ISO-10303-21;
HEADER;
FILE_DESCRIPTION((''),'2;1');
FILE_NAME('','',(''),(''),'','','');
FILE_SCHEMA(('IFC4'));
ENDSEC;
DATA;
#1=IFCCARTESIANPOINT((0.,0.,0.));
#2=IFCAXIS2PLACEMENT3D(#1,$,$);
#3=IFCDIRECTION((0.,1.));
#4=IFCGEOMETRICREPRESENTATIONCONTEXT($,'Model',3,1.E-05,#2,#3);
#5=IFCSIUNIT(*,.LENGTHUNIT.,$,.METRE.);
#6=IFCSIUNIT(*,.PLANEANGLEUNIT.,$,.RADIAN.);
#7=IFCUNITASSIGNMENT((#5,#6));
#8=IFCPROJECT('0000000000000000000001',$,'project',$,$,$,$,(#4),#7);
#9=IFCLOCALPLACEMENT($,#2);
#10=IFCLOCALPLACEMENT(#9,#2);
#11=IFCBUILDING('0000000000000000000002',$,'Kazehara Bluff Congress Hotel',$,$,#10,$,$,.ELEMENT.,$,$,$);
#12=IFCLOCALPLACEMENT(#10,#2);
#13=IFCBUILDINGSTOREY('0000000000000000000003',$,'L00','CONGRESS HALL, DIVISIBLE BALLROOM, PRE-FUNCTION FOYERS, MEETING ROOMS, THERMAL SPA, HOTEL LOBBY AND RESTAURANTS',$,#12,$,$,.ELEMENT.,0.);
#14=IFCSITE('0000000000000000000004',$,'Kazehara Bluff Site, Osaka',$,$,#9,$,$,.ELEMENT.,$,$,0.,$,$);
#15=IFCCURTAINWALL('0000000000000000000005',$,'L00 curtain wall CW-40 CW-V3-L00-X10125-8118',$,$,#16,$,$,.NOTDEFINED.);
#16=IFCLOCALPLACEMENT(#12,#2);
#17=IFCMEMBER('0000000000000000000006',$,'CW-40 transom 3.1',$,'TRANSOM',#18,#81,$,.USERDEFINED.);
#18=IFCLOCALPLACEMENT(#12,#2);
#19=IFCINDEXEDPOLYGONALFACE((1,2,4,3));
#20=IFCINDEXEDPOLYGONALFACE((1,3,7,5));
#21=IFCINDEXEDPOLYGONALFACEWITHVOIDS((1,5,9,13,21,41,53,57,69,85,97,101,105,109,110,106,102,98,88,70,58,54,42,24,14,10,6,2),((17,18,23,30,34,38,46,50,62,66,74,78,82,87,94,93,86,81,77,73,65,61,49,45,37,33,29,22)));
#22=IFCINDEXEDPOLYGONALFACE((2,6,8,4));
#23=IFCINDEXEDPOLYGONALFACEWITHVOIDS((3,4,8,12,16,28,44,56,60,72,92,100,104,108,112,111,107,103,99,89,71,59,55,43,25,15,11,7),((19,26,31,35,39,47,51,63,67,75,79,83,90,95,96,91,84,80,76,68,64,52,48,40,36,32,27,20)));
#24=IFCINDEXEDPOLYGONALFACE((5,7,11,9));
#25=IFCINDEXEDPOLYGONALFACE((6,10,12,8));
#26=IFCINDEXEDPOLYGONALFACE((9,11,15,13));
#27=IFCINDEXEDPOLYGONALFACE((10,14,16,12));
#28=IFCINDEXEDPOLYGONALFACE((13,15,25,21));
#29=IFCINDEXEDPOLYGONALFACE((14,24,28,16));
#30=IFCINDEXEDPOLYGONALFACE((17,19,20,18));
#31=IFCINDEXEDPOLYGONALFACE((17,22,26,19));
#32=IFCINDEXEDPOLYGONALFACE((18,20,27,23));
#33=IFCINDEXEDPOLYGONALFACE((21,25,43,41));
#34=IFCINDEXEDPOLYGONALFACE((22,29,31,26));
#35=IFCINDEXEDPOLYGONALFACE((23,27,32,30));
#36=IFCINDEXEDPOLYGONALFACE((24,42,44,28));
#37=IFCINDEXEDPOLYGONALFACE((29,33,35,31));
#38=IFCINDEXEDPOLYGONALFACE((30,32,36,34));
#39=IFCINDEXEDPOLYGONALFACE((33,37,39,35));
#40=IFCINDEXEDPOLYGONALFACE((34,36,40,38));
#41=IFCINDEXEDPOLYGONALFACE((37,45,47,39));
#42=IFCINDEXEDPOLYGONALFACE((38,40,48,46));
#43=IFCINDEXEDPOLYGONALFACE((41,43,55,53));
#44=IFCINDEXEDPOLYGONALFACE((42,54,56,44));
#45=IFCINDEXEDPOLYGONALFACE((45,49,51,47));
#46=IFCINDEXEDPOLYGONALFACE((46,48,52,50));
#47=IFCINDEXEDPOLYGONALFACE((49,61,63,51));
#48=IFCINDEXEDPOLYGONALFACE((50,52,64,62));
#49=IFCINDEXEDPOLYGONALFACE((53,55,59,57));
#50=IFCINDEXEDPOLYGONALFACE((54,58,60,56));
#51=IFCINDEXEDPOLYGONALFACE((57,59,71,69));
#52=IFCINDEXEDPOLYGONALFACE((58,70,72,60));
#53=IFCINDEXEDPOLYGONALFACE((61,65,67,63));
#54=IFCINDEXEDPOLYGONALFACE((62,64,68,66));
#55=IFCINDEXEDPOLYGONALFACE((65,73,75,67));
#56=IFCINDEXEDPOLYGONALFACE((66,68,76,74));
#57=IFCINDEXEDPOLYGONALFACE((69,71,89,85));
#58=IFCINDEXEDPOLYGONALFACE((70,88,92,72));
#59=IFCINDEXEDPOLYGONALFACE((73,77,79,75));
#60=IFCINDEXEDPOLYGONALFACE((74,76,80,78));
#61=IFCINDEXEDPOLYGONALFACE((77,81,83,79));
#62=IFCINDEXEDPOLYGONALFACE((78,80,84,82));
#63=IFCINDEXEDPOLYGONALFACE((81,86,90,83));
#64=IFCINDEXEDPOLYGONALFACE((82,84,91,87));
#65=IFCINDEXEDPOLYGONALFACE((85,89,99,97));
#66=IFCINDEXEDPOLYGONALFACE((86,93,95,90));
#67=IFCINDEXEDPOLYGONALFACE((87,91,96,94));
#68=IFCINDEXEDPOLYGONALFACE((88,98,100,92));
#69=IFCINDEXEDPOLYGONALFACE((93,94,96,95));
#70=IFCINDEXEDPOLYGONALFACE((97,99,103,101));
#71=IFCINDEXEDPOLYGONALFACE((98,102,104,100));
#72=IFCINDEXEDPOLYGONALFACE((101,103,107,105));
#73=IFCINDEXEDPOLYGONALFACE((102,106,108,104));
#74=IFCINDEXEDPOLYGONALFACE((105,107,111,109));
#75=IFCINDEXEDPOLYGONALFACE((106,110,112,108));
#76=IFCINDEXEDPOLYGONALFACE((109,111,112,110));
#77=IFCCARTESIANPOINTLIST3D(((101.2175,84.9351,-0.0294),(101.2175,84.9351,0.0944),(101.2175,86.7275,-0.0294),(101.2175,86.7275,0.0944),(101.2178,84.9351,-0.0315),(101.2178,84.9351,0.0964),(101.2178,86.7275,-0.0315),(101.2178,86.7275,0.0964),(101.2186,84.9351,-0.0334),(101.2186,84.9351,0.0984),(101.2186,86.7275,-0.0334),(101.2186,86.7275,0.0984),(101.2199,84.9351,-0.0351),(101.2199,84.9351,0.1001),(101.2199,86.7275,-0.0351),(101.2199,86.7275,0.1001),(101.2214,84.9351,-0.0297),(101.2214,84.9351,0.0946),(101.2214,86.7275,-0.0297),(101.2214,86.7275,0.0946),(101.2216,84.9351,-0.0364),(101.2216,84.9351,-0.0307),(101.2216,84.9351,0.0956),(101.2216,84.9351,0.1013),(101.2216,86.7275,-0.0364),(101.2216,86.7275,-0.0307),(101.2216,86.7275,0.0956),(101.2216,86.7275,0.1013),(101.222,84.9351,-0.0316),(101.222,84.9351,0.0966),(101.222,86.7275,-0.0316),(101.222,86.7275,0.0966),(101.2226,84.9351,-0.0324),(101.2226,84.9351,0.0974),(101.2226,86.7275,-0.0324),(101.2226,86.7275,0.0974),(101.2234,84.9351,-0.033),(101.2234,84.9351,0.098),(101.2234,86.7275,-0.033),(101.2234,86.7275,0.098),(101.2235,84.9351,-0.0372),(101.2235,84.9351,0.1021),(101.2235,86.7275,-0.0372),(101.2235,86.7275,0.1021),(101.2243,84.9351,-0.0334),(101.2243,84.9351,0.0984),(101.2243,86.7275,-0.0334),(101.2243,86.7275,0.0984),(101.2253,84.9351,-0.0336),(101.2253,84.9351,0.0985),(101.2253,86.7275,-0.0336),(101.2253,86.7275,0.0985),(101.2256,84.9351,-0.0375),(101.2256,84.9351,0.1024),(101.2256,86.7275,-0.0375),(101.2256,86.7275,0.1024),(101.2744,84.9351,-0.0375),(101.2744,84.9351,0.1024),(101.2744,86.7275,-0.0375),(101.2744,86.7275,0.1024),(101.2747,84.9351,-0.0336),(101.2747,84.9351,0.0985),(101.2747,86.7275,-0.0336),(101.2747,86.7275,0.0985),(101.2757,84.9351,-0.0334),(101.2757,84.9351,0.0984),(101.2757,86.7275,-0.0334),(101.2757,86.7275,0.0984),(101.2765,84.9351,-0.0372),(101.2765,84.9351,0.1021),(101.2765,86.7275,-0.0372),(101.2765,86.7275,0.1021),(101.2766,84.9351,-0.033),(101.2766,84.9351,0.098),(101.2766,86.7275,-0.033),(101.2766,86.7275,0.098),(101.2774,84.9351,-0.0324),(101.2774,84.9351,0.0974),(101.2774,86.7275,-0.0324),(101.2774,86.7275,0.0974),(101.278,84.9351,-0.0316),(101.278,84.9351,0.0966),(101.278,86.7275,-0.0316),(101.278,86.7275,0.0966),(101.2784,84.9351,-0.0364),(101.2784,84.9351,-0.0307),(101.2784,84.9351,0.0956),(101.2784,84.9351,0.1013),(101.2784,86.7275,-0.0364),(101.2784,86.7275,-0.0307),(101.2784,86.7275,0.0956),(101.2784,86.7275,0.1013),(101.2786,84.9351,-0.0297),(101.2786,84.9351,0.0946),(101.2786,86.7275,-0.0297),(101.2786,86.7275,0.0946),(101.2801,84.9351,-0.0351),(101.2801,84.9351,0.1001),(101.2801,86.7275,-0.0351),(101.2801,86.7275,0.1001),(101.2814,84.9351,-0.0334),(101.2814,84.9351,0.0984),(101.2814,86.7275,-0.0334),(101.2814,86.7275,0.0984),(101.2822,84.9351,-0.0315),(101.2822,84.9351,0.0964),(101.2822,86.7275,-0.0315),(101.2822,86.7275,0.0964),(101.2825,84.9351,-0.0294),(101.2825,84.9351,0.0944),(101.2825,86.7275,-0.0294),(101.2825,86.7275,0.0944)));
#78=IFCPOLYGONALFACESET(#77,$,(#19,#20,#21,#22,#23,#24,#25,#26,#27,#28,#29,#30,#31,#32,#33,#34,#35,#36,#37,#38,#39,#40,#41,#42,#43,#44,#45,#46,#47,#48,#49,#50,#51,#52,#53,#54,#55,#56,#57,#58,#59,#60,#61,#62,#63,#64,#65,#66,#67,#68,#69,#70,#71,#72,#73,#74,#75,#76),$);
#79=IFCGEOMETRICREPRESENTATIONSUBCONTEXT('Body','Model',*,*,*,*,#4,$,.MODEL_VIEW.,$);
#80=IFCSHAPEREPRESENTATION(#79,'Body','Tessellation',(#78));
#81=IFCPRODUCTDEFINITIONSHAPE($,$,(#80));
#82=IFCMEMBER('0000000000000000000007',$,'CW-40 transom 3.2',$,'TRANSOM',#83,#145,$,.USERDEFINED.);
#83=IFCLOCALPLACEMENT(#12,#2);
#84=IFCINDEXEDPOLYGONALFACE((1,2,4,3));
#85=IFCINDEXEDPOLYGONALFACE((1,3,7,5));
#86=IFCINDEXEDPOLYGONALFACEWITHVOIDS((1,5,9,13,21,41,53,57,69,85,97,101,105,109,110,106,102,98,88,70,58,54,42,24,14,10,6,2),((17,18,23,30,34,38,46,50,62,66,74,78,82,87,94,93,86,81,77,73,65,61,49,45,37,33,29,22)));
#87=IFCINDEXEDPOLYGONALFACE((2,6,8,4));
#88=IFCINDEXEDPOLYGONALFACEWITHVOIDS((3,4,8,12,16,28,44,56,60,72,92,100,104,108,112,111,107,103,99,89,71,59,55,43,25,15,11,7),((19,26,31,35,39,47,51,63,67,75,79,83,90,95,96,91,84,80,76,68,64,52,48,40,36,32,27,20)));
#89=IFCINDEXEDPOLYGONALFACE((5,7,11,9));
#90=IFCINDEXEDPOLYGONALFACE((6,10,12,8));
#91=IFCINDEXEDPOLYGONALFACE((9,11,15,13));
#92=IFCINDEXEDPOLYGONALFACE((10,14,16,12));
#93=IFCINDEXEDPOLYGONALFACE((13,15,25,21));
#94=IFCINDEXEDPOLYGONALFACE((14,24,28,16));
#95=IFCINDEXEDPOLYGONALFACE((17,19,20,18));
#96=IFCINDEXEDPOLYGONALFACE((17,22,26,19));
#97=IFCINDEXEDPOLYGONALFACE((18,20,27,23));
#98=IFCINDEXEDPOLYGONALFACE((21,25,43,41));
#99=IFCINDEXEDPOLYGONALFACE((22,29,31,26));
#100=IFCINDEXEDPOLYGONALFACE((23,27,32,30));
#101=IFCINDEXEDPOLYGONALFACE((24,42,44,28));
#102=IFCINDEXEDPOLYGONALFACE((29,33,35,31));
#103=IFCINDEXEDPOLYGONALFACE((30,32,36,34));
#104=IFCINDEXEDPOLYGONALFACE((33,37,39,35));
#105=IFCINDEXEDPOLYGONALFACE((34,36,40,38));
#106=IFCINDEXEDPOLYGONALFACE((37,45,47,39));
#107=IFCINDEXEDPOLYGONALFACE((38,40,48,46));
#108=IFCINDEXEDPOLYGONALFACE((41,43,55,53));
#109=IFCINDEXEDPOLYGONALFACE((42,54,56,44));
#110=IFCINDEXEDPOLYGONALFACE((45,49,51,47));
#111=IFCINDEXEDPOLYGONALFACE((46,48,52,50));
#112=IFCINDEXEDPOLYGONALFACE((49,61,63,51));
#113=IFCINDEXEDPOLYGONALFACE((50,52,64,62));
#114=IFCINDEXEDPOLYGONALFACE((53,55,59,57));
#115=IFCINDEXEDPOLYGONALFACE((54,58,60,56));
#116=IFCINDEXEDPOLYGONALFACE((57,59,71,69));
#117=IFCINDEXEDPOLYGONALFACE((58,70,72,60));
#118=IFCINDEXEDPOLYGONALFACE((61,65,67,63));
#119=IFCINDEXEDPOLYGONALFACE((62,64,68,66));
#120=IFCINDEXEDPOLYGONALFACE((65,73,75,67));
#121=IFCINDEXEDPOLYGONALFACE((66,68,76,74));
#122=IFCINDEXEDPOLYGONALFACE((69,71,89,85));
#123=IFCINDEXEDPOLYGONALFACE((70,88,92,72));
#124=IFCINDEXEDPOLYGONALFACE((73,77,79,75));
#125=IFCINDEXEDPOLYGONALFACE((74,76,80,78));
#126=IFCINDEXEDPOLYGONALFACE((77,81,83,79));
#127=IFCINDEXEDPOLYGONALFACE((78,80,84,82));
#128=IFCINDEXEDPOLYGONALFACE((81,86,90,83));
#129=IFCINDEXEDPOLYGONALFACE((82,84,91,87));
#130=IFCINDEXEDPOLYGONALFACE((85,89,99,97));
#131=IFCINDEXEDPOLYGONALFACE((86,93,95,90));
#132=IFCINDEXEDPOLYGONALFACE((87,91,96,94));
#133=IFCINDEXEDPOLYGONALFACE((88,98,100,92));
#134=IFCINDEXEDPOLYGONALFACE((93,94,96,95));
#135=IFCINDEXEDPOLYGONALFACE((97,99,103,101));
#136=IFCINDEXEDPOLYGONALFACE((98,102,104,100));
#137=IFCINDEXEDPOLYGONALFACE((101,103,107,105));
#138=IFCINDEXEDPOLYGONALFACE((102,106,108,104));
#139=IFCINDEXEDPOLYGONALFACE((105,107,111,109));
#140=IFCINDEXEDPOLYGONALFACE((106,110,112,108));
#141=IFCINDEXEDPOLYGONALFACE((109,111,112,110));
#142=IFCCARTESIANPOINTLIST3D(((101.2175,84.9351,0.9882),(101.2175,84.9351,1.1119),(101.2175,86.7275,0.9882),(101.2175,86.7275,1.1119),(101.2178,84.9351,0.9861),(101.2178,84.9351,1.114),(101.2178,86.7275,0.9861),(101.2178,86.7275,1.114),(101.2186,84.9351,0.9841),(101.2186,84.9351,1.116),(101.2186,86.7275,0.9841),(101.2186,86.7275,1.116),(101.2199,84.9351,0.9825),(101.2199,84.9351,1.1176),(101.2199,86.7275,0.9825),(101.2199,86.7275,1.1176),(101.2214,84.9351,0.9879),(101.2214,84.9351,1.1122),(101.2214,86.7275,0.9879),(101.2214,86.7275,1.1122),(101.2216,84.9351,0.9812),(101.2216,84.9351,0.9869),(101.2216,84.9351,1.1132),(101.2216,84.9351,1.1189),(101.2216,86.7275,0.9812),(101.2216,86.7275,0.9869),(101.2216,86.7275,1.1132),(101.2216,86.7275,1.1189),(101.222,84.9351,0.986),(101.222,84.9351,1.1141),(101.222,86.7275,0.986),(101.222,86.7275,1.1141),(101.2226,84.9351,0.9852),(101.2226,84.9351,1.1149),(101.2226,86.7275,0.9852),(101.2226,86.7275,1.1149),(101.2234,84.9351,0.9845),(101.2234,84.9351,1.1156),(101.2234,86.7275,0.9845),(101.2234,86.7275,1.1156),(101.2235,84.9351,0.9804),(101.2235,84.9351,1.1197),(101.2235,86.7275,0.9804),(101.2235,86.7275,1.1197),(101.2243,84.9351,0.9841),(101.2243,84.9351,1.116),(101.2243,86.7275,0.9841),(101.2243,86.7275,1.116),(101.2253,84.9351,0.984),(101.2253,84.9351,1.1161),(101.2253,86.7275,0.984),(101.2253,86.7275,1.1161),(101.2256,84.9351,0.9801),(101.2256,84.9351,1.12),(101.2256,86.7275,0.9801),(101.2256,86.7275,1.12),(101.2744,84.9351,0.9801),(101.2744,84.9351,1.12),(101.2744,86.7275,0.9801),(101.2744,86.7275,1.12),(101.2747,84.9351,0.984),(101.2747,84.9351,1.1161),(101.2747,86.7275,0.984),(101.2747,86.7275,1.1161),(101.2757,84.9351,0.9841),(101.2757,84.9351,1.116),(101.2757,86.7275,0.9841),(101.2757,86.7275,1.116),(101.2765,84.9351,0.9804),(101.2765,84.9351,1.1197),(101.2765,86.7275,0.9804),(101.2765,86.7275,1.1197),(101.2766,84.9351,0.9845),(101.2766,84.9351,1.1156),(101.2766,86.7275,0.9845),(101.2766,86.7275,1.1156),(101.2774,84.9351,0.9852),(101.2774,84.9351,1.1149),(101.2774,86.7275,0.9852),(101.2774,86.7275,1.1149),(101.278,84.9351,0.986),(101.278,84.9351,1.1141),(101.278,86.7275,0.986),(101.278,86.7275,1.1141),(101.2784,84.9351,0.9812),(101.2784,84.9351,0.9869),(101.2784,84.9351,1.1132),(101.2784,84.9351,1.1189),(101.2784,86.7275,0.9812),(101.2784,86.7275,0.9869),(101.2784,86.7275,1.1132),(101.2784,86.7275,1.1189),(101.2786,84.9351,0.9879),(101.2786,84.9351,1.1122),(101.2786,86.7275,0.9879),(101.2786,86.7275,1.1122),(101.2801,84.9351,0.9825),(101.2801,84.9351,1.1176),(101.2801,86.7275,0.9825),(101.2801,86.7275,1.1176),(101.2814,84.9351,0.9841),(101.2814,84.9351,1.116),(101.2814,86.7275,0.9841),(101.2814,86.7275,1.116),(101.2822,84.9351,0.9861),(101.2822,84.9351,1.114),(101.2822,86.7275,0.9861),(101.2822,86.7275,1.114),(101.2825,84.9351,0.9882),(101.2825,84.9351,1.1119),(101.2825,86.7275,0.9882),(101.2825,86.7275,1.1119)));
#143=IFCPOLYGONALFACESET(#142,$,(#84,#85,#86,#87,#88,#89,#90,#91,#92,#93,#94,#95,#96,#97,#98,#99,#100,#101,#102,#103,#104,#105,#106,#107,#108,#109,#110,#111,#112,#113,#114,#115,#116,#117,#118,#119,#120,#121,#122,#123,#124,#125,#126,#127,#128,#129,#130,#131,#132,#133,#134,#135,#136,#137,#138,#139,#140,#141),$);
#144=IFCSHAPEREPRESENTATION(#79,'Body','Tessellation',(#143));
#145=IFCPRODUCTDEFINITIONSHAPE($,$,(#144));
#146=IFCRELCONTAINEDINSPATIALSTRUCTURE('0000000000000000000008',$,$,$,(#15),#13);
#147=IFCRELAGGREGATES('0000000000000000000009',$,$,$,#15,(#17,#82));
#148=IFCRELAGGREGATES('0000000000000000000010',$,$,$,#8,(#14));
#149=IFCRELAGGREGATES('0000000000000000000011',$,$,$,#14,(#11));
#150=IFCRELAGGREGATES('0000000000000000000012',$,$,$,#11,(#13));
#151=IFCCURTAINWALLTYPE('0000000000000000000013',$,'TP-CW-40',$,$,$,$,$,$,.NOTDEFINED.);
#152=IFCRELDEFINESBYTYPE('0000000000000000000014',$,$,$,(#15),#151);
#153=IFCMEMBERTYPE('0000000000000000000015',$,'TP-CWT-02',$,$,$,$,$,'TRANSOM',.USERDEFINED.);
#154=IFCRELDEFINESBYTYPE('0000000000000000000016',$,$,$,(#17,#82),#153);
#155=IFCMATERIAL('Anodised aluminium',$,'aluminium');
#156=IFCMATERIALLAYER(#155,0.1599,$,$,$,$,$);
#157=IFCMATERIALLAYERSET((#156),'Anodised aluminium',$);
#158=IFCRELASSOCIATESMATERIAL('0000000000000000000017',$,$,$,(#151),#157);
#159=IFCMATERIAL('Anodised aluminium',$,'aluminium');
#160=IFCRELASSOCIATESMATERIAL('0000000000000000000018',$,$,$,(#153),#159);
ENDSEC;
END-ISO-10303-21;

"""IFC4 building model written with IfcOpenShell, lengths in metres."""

from ifc_helpers import new_model, si_unit, direction, frame, origin, origin_2d, place, context, subcontext, project, spatial, hollow_rectangle, extrude, material, layer, layer_set, material_profile, profile_set, type_object, element, aggregate, save


model = new_model("IFC4")

# Units and contexts
model_context = context("Model", 3, precision=1e-05, world=origin(), true_north=direction((0.0, 1.0)))
body_context = subcontext(model_context, "Body", "Model", "MODEL_VIEW")
ifc_project = project(units=[si_unit("LENGTHUNIT", "METRE"), si_unit("PLANEANGLEUNIT", "RADIAN")], contexts=[model_context])

# Site, building, storey
site_placement = place(None, origin())
site = spatial("IfcSite", under=ifc_project, at=site_placement, Name="Kazehara Bluff Site, Osaka", CompositionType="ELEMENT", RefElevation=0.0)
building_placement = place(site_placement, origin())
building = spatial("IfcBuilding", under=site, at=building_placement, Name="Kazehara Bluff Congress Hotel", CompositionType="ELEMENT")
storey_placement = place(building_placement, origin())
storey = spatial("IfcBuildingStorey", under=building, at=storey_placement, Name="L00", Description="CONGRESS HALL, DIVISIBLE BALLROOM, PRE-FUNCTION FOYERS, MEETING ROOMS, THERMAL SPA, HOTEL LOBBY AND RESTAURANTS", CompositionType="ELEMENT", Elevation=0.0)

# Curtain wall
ifc_material_1 = material(Name="Anodised aluminium", Category="aluminium")
ifc_layer_1 = layer(ifc_material_1, 0.1599)
ifc_layer_set_1 = layer_set([ifc_layer_1], Name="Anodised aluminium")
curtain_wall_type = type_object("IfcCurtainWallType", Name="TP-CW-40", PredefinedType="NOTDEFINED", material=ifc_layer_set_1)
curtain_wall_1_placement = place(storey_placement, origin())
curtain_wall_1 = element("IfcCurtainWall", 1, at=curtain_wall_1_placement, inside=storey, type_object=curtain_wall_type, Name="L00 curtain wall CW-40 CW-V3-L00-X10125-8118", PredefinedType="NOTDEFINED")

# Members
ifc_material_2 = material(Name="Anodised aluminium", Category="aluminium")
ifc_material_profile_1 = material_profile(ifc_material_2, hollow_rectangle(XDim=0.0649, YDim=0.1399, WallThickness=0.0039, InnerFilletRadius=0.0039, OuterFilletRadius=0.0081, at=origin_2d()))
ifc_profile_set_1 = profile_set([ifc_material_profile_1], Name="Anodised aluminium")
member_type_1 = type_object("IfcMemberType", Name="TP-CWT-02", ElementType="TRANSOM", PredefinedType="USERDEFINED", material=ifc_profile_set_1)
member_1_placement = place(storey_placement, frame((101.25, 84.9351, 0.0325), z_axis=(0.0, 1.0, 0.0), x_axis=(-1.0, 0.0, 0.0)))
member_1 = element("IfcMember", 2, at=member_1_placement, type_object=member_type_1, Name="CW-40 transom 3.1", ObjectType="TRANSOM", PredefinedType="USERDEFINED", context=body_context, shape_type="SweptSolid", body=[
    extrude(hollow_rectangle(XDim=0.0649, YDim=0.1399, WallThickness=0.0039, InnerFilletRadius=0.0039, OuterFilletRadius=0.0081, at=origin_2d()), origin(), (0.0, 0.0, 1.0), 1.7925),
])
member_2_placement = place(storey_placement, frame((101.25, 84.9351, 1.05), z_axis=(0.0, 1.0, 0.0), x_axis=(-1.0, 0.0, 0.0)))
member_2 = element("IfcMember", 3, at=member_2_placement, type_object=member_type_1, Name="CW-40 transom 3.2", ObjectType="TRANSOM", PredefinedType="USERDEFINED", context=body_context, shape_type="SweptSolid", body=[
    extrude(hollow_rectangle(XDim=0.0649, YDim=0.1399, WallThickness=0.0039, InnerFilletRadius=0.0039, OuterFilletRadius=0.0081, at=origin_2d()), origin(), (0.0, 0.0, 1.0), 1.7925),
])

aggregate(curtain_wall_1, [member_1, member_2])

save(model, "model.ifc")
